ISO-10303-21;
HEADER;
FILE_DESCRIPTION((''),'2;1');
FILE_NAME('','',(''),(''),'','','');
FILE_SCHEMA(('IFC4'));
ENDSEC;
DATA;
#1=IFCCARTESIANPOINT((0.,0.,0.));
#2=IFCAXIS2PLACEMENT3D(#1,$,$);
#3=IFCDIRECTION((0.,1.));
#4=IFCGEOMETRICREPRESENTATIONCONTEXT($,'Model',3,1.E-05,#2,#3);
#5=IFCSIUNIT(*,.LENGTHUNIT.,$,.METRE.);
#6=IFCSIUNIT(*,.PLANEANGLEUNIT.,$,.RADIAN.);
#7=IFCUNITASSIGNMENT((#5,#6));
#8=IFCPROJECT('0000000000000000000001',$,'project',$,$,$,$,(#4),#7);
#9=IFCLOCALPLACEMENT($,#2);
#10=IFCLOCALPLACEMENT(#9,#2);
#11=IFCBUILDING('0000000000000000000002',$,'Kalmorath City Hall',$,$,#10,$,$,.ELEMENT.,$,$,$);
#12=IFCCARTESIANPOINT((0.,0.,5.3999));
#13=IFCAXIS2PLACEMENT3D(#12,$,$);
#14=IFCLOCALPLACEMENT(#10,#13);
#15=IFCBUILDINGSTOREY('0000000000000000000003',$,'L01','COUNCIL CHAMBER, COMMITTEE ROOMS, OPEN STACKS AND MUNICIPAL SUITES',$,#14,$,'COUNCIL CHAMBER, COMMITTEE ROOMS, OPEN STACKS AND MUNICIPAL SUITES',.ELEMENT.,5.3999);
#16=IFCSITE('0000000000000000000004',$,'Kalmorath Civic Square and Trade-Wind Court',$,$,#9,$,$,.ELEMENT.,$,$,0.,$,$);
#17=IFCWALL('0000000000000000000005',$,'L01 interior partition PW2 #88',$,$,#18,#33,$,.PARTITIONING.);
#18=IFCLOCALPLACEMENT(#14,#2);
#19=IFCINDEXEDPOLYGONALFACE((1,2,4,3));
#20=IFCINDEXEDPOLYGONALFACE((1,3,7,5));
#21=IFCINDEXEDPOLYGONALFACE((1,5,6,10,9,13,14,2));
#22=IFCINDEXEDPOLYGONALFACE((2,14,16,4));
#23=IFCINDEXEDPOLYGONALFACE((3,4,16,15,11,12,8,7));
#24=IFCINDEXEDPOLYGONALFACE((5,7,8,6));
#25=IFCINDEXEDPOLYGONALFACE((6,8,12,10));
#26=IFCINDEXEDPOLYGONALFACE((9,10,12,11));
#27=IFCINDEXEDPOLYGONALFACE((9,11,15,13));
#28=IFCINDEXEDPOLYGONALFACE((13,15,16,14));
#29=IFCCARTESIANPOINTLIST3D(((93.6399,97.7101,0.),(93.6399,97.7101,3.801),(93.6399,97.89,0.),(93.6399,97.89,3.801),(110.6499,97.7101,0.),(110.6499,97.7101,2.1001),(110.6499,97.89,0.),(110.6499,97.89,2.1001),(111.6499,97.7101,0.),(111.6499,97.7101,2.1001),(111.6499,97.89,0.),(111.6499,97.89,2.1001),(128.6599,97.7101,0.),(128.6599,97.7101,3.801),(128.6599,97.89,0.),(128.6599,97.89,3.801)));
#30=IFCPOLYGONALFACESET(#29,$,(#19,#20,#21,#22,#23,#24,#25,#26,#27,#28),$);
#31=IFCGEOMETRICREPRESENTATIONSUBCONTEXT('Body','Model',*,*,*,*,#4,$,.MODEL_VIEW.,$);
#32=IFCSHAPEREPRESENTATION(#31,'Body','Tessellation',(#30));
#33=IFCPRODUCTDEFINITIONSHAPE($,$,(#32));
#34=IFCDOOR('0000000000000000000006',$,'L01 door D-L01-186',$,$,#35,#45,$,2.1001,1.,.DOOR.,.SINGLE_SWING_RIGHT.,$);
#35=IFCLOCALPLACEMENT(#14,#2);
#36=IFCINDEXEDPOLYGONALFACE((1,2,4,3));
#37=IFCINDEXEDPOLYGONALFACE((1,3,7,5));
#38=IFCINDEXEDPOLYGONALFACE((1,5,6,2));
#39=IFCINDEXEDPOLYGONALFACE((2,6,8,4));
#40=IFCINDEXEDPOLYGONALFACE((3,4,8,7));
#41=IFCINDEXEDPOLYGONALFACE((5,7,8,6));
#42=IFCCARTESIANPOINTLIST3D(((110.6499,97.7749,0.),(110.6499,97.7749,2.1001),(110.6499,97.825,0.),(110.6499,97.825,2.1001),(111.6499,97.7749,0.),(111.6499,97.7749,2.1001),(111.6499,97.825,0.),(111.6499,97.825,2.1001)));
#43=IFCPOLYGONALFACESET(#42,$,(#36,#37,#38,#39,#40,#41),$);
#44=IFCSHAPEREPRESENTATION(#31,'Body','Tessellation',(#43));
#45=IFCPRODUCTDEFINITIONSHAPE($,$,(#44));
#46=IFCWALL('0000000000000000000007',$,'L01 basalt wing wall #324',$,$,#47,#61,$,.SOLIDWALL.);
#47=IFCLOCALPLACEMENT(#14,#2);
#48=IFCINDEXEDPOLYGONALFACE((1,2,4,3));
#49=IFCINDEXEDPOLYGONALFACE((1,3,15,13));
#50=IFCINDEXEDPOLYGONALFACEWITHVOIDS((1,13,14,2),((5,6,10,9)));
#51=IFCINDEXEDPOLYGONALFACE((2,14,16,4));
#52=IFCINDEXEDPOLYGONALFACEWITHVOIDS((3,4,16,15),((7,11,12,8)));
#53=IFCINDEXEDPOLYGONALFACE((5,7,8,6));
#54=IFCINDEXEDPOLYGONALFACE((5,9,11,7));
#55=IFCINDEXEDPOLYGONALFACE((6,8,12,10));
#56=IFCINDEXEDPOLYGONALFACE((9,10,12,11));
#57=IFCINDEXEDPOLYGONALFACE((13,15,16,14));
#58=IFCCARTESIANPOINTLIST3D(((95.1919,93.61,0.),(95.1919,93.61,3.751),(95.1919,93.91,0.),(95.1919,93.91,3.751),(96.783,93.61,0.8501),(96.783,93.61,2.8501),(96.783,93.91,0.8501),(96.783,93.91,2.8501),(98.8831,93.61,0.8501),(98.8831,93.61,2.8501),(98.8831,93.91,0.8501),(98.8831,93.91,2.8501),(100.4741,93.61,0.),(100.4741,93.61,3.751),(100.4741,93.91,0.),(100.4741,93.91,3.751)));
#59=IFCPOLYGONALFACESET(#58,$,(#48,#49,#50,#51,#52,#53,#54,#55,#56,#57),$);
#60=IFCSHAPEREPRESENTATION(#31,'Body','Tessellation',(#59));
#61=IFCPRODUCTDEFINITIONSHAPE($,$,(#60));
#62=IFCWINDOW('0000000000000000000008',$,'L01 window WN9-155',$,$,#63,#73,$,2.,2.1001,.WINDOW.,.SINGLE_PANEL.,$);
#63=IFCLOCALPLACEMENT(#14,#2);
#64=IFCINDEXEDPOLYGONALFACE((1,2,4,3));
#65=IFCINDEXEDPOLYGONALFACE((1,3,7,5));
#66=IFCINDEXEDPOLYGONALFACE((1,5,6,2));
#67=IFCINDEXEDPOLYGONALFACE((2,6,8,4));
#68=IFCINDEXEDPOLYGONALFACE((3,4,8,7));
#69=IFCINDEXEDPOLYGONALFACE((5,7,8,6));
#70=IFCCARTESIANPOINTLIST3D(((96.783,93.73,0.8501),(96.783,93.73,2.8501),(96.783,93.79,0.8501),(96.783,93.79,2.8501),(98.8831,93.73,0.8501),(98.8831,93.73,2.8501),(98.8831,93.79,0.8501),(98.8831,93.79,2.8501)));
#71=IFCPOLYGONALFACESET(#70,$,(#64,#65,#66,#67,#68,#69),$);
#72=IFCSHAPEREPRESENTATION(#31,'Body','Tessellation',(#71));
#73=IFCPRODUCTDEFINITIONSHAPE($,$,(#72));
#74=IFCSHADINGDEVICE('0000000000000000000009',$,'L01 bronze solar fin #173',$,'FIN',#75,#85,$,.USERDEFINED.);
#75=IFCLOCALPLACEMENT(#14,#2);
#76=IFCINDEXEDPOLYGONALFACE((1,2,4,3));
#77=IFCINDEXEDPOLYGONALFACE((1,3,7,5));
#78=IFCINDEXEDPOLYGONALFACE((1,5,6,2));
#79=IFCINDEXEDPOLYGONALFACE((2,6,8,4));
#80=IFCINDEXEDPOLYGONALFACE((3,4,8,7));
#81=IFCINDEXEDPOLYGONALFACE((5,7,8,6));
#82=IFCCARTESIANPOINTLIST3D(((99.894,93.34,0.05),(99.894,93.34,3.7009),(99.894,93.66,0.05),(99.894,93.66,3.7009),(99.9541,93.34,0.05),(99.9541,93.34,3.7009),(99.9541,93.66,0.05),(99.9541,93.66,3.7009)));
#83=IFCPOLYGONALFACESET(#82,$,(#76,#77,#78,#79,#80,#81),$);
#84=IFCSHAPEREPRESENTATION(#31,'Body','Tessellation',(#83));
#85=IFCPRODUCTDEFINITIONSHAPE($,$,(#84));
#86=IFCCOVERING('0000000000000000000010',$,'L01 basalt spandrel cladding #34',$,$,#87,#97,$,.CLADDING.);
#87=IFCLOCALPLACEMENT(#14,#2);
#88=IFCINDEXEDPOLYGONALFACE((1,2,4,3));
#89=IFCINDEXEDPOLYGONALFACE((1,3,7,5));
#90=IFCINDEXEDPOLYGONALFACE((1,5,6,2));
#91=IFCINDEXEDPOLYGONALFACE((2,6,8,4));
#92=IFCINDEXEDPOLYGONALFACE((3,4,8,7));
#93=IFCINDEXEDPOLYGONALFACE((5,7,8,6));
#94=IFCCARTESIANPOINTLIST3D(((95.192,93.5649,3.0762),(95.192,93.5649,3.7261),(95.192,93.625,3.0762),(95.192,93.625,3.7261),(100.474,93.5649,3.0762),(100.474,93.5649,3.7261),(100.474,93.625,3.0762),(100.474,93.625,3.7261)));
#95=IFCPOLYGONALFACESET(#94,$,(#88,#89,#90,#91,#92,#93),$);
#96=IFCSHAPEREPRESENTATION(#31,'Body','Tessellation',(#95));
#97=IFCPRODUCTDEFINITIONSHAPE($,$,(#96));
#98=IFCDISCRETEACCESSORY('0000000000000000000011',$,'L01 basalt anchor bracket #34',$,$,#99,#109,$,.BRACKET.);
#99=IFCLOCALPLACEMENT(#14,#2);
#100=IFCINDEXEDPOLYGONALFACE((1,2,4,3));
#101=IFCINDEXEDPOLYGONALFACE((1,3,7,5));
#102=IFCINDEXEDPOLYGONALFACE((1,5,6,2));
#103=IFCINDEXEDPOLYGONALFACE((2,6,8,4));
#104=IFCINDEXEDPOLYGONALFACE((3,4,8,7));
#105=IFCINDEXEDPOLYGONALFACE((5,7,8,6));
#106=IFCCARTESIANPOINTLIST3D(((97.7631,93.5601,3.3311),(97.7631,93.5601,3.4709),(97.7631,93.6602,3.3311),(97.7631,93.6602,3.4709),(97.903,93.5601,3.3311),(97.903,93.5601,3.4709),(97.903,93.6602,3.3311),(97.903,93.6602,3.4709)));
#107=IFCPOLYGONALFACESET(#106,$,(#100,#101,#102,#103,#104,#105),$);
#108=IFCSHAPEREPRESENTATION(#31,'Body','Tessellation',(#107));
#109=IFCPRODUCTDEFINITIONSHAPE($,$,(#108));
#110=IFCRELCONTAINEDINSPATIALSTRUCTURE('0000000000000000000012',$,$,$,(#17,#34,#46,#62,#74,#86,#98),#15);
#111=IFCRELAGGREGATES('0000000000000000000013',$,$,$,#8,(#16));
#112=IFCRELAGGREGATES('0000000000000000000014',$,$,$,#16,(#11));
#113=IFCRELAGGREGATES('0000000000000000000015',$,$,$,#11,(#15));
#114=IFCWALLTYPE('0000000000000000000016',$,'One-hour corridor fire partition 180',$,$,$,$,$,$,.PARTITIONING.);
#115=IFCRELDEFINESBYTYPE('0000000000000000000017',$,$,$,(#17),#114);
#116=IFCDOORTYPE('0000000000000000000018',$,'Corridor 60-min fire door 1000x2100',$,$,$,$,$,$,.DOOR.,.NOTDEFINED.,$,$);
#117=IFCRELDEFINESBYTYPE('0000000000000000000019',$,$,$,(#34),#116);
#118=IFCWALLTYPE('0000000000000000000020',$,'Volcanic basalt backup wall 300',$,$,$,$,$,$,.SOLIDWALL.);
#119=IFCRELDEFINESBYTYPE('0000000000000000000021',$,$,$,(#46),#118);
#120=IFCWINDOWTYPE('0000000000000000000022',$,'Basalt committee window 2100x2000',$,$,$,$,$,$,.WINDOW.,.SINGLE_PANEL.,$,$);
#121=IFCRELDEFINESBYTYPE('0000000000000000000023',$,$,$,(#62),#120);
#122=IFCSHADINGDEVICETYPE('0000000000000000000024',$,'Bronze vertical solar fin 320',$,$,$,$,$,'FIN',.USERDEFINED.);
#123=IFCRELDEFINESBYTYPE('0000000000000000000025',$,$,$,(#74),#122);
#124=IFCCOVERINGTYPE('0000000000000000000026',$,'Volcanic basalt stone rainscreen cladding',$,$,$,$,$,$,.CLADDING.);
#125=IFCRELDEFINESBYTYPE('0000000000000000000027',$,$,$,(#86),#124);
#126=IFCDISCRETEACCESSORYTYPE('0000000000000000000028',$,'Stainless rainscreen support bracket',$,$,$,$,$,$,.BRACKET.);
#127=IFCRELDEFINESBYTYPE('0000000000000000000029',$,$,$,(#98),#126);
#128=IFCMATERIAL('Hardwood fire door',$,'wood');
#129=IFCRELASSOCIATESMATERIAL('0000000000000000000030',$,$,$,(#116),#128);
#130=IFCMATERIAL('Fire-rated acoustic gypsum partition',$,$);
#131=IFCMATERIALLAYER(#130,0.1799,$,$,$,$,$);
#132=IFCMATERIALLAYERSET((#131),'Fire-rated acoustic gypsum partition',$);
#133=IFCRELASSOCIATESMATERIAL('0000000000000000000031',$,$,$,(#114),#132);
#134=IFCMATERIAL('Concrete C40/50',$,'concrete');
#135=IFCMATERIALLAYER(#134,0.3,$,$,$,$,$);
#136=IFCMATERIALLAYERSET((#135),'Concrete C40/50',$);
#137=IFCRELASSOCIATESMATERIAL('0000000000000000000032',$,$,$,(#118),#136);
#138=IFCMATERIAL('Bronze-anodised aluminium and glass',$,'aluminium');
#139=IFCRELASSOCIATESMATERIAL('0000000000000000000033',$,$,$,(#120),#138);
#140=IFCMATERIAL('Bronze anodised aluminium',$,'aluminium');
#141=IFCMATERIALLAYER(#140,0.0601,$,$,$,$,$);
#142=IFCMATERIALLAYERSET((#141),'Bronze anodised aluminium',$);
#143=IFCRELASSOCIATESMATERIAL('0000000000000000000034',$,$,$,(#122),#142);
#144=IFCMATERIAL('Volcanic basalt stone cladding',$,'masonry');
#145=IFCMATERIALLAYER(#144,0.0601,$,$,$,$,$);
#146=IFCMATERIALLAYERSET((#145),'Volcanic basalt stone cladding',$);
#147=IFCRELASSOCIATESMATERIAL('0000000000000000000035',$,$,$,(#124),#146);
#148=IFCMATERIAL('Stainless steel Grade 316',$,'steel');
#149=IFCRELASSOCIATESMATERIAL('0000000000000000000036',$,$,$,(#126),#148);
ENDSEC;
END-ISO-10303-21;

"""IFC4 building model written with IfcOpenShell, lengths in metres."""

from ifc_helpers import new_model, si_unit, direction, frame, frame_2d, origin, origin_2d, place, context, subcontext, project, spatial, rectangle, extrude, material, layer, layer_set, type_object, element, fill, save


model = new_model("IFC4")

# Units and contexts
model_context = context("Model", 3, precision=1e-05, world=origin(), true_north=direction((0.0, 1.0)))
body_context = subcontext(model_context, "Body", "Model", "MODEL_VIEW")
ifc_project = project(units=[si_unit("LENGTHUNIT", "METRE"), si_unit("PLANEANGLEUNIT", "RADIAN")], contexts=[model_context])

# Site, building, storey
site_placement = place(None, origin())
site = spatial("IfcSite", under=ifc_project, at=site_placement, Name="Kalmorath Civic Square and Trade-Wind Court", CompositionType="ELEMENT", RefElevation=0.0)
building_placement = place(site_placement, origin())
building = spatial("IfcBuilding", under=site, at=building_placement, Name="Kalmorath City Hall", CompositionType="ELEMENT")
storey_placement = place(building_placement, frame((0.0, 0.0, 5.3999)))
storey = spatial("IfcBuildingStorey", under=building, at=storey_placement, Name="L01", Description="COUNCIL CHAMBER, COMMITTEE ROOMS, OPEN STACKS AND MUNICIPAL SUITES", LongName="COUNCIL CHAMBER, COMMITTEE ROOMS, OPEN STACKS AND MUNICIPAL SUITES", CompositionType="ELEMENT", Elevation=5.3999)

# Shared definitions
ifc_material_1 = material(Name="Hardwood fire door", Category="wood")
door_type_1 = type_object("IfcDoorType", Name="Corridor 60-min fire door 1000x2100", OperationType="NOTDEFINED", PredefinedType="DOOR", material=ifc_material_1)

# Wall, opening, door
ifc_material_2 = material(Name="Fire-rated acoustic gypsum partition")
ifc_layer_1 = layer(ifc_material_2, 0.1799)
ifc_layer_set_1 = layer_set([ifc_layer_1], Name="Fire-rated acoustic gypsum partition")
wall_type_1 = type_object("IfcWallType", Name="One-hour corridor fire partition 180", PredefinedType="PARTITIONING", material=ifc_layer_set_1)
wall_1_placement = place(storey_placement, frame((93.6399, 97.8, 0.0), z_axis=(0.0, 0.0, 1.0), x_axis=(1.0, 0.0, 0.0)))
wall_1 = element("IfcWall", 1, at=wall_1_placement, inside=storey, type_object=wall_type_1, Name="L01 interior partition PW2 #88", PredefinedType="PARTITIONING", context=body_context, shape_type="SweptSolid", body=[
    extrude(rectangle(XDim=35.02, YDim=0.1799, at=frame_2d((17.51, 0.0))), origin(), (0.0, 0.0, 1.0), 3.801),
])
opening_1_placement = place(wall_1_placement, frame((17.01, 0.0, 0.0)))
opening_1 = element("IfcOpeningElement", 2, at=opening_1_placement, cuts=wall_1, PredefinedType="OPENING", context=body_context, shape_type="SweptSolid", body=[
    extrude(rectangle(XDim=1.0, YDim=2.1001, at=frame_2d((0.5, 1.05))), frame((0.0, 0.0999, 0.0), z_axis=(0.0, -1.0, 0.0), x_axis=(1.0, 0.0, 0.0)), (0.0, 0.0, 1.0), 0.2),
])
door_1_placement = place(opening_1_placement, origin())
door_1 = element("IfcDoor", 3, at=door_1_placement, inside=storey, type_object=door_type_1, Name="L01 door D-L01-186", OperationType="SINGLE_SWING_RIGHT", OverallHeight=2.1001, OverallWidth=1.0, PredefinedType="DOOR", context=body_context, shape_type="SweptSolid", body=[
    extrude(rectangle(XDim=1.0, YDim=2.1001, at=frame_2d((0.5, 1.05))), frame((0.0, 0.0249, 0.0), z_axis=(0.0, -1.0, 0.0), x_axis=(1.0, 0.0, 0.0)), (0.0, 0.0, 1.0), 0.05),
])
fill(opening_1, door_1)

# Wall, opening, window
ifc_material_3 = material(Name="Concrete C40/50", Category="concrete")
ifc_layer_2 = layer(ifc_material_3, 0.3)
ifc_layer_set_2 = layer_set([ifc_layer_2], Name="Concrete C40/50")
wall_type_2 = type_object("IfcWallType", Name="Volcanic basalt backup wall 300", PredefinedType="SOLIDWALL", material=ifc_layer_set_2)
wall_2_placement = place(storey_placement, frame((100.4741, 93.76, 0.0), z_axis=(0.0, 0.0, 1.0), x_axis=(-1.0, 0.0, 0.0)))
wall_2 = element("IfcWall", 4, at=wall_2_placement, inside=storey, type_object=wall_type_2, Name="L01 basalt wing wall #324", PredefinedType="SOLIDWALL", context=body_context, shape_type="SweptSolid", body=[
    extrude(rectangle(XDim=5.2822, YDim=0.3, at=frame_2d((2.6411, 0.0))), origin(), (0.0, 0.0, 1.0), 3.751),
])
opening_2_placement = place(wall_2_placement, frame((1.5911, 0.0, 0.8501)))
opening_2 = element("IfcOpeningElement", 5, at=opening_2_placement, cuts=wall_2, PredefinedType="OPENING", context=body_context, shape_type="SweptSolid", body=[
    extrude(rectangle(XDim=2.1001, YDim=2.0, at=frame_2d((1.05, 1.0))), frame((0.0, 0.1599, 0.0), z_axis=(0.0, -1.0, 0.0), x_axis=(1.0, 0.0, 0.0)), (0.0, 0.0, 1.0), 0.3201),
])
ifc_material_4 = material(Name="Bronze-anodised aluminium and glass", Category="aluminium")
window_type = type_object("IfcWindowType", Name="Basalt committee window 2100x2000", PartitioningType="SINGLE_PANEL", PredefinedType="WINDOW", material=ifc_material_4)
window_placement = place(opening_2_placement, origin())
window = element("IfcWindow", 6, at=window_placement, inside=storey, type_object=window_type, Name="L01 window WN9-155", OverallHeight=2.0, OverallWidth=2.1001, PartitioningType="SINGLE_PANEL", PredefinedType="WINDOW", context=body_context, shape_type="SweptSolid", body=[
    extrude(rectangle(XDim=2.1001, YDim=2.0, at=frame_2d((1.05, 1.0))), frame((0.0, 0.03, 0.0), z_axis=(0.0, -1.0, 0.0), x_axis=(1.0, 0.0, 0.0)), (0.0, 0.0, 1.0), 0.0601),
])
fill(opening_2, window)

# Shading device
ifc_material_5 = material(Name="Bronze anodised aluminium", Category="aluminium")
ifc_layer_3 = layer(ifc_material_5, 0.0601)
ifc_layer_set_3 = layer_set([ifc_layer_3], Name="Bronze anodised aluminium")
shading_device_type = type_object("IfcShadingDeviceType", Name="Bronze vertical solar fin 320", ElementType="FIN", PredefinedType="USERDEFINED", material=ifc_layer_set_3)
shading_device_placement = place(storey_placement, frame((99.9241, 93.5, 0.05), z_axis=(0.0, 0.0, 1.0), x_axis=(-1.0, 0.0, 0.0)))
element("IfcShadingDevice", 7, at=shading_device_placement, inside=storey, type_object=shading_device_type, Name="L01 bronze solar fin #173", ObjectType="FIN", PredefinedType="USERDEFINED", context=body_context, shape_type="SweptSolid", body=[
    extrude(rectangle(XDim=0.0601, YDim=0.3201, at=origin_2d()), origin(), (0.0, 0.0, 1.0), 3.6509),
])

# Covering
ifc_material_6 = material(Name="Volcanic basalt stone cladding", Category="masonry")
ifc_layer_4 = layer(ifc_material_6, 0.0601)
ifc_layer_set_4 = layer_set([ifc_layer_4], Name="Volcanic basalt stone cladding")
covering_type = type_object("IfcCoveringType", Name="Volcanic basalt stone rainscreen cladding", PredefinedType="CLADDING", material=ifc_layer_set_4)
covering_placement = place(storey_placement, frame((97.833, 93.595, 3.0762), z_axis=(0.0, 0.0, 1.0), x_axis=(-1.0, 0.0, 0.0)))
element("IfcCovering", 8, at=covering_placement, inside=storey, type_object=covering_type, Name="L01 basalt spandrel cladding #34", PredefinedType="CLADDING", context=body_context, shape_type="SweptSolid", body=[
    extrude(rectangle(XDim=5.282, YDim=0.0601, at=origin_2d()), origin(), (0.0, 0.0, 1.0), 0.6499),
])

# Discrete accessory
ifc_material_7 = material(Name="Stainless steel Grade 316", Category="steel")
discrete_accessory_type = type_object("IfcDiscreteAccessoryType", Name="Stainless rainscreen support bracket", PredefinedType="BRACKET", material=ifc_material_7)
discrete_accessory_placement = place(storey_placement, frame((97.833, 93.6101, 3.3311), z_axis=(0.0, 0.0, 1.0), x_axis=(-1.0, 0.0, 0.0)))
element("IfcDiscreteAccessory", 9, at=discrete_accessory_placement, inside=storey, type_object=discrete_accessory_type, Name="L01 basalt anchor bracket #34", PredefinedType="BRACKET", context=body_context, shape_type="SweptSolid", body=[
    extrude(rectangle(XDim=0.1399, YDim=0.1001, at=origin_2d()), origin(), (0.0, 0.0, 1.0), 0.1399),
])

save(model, "model.ifc")
